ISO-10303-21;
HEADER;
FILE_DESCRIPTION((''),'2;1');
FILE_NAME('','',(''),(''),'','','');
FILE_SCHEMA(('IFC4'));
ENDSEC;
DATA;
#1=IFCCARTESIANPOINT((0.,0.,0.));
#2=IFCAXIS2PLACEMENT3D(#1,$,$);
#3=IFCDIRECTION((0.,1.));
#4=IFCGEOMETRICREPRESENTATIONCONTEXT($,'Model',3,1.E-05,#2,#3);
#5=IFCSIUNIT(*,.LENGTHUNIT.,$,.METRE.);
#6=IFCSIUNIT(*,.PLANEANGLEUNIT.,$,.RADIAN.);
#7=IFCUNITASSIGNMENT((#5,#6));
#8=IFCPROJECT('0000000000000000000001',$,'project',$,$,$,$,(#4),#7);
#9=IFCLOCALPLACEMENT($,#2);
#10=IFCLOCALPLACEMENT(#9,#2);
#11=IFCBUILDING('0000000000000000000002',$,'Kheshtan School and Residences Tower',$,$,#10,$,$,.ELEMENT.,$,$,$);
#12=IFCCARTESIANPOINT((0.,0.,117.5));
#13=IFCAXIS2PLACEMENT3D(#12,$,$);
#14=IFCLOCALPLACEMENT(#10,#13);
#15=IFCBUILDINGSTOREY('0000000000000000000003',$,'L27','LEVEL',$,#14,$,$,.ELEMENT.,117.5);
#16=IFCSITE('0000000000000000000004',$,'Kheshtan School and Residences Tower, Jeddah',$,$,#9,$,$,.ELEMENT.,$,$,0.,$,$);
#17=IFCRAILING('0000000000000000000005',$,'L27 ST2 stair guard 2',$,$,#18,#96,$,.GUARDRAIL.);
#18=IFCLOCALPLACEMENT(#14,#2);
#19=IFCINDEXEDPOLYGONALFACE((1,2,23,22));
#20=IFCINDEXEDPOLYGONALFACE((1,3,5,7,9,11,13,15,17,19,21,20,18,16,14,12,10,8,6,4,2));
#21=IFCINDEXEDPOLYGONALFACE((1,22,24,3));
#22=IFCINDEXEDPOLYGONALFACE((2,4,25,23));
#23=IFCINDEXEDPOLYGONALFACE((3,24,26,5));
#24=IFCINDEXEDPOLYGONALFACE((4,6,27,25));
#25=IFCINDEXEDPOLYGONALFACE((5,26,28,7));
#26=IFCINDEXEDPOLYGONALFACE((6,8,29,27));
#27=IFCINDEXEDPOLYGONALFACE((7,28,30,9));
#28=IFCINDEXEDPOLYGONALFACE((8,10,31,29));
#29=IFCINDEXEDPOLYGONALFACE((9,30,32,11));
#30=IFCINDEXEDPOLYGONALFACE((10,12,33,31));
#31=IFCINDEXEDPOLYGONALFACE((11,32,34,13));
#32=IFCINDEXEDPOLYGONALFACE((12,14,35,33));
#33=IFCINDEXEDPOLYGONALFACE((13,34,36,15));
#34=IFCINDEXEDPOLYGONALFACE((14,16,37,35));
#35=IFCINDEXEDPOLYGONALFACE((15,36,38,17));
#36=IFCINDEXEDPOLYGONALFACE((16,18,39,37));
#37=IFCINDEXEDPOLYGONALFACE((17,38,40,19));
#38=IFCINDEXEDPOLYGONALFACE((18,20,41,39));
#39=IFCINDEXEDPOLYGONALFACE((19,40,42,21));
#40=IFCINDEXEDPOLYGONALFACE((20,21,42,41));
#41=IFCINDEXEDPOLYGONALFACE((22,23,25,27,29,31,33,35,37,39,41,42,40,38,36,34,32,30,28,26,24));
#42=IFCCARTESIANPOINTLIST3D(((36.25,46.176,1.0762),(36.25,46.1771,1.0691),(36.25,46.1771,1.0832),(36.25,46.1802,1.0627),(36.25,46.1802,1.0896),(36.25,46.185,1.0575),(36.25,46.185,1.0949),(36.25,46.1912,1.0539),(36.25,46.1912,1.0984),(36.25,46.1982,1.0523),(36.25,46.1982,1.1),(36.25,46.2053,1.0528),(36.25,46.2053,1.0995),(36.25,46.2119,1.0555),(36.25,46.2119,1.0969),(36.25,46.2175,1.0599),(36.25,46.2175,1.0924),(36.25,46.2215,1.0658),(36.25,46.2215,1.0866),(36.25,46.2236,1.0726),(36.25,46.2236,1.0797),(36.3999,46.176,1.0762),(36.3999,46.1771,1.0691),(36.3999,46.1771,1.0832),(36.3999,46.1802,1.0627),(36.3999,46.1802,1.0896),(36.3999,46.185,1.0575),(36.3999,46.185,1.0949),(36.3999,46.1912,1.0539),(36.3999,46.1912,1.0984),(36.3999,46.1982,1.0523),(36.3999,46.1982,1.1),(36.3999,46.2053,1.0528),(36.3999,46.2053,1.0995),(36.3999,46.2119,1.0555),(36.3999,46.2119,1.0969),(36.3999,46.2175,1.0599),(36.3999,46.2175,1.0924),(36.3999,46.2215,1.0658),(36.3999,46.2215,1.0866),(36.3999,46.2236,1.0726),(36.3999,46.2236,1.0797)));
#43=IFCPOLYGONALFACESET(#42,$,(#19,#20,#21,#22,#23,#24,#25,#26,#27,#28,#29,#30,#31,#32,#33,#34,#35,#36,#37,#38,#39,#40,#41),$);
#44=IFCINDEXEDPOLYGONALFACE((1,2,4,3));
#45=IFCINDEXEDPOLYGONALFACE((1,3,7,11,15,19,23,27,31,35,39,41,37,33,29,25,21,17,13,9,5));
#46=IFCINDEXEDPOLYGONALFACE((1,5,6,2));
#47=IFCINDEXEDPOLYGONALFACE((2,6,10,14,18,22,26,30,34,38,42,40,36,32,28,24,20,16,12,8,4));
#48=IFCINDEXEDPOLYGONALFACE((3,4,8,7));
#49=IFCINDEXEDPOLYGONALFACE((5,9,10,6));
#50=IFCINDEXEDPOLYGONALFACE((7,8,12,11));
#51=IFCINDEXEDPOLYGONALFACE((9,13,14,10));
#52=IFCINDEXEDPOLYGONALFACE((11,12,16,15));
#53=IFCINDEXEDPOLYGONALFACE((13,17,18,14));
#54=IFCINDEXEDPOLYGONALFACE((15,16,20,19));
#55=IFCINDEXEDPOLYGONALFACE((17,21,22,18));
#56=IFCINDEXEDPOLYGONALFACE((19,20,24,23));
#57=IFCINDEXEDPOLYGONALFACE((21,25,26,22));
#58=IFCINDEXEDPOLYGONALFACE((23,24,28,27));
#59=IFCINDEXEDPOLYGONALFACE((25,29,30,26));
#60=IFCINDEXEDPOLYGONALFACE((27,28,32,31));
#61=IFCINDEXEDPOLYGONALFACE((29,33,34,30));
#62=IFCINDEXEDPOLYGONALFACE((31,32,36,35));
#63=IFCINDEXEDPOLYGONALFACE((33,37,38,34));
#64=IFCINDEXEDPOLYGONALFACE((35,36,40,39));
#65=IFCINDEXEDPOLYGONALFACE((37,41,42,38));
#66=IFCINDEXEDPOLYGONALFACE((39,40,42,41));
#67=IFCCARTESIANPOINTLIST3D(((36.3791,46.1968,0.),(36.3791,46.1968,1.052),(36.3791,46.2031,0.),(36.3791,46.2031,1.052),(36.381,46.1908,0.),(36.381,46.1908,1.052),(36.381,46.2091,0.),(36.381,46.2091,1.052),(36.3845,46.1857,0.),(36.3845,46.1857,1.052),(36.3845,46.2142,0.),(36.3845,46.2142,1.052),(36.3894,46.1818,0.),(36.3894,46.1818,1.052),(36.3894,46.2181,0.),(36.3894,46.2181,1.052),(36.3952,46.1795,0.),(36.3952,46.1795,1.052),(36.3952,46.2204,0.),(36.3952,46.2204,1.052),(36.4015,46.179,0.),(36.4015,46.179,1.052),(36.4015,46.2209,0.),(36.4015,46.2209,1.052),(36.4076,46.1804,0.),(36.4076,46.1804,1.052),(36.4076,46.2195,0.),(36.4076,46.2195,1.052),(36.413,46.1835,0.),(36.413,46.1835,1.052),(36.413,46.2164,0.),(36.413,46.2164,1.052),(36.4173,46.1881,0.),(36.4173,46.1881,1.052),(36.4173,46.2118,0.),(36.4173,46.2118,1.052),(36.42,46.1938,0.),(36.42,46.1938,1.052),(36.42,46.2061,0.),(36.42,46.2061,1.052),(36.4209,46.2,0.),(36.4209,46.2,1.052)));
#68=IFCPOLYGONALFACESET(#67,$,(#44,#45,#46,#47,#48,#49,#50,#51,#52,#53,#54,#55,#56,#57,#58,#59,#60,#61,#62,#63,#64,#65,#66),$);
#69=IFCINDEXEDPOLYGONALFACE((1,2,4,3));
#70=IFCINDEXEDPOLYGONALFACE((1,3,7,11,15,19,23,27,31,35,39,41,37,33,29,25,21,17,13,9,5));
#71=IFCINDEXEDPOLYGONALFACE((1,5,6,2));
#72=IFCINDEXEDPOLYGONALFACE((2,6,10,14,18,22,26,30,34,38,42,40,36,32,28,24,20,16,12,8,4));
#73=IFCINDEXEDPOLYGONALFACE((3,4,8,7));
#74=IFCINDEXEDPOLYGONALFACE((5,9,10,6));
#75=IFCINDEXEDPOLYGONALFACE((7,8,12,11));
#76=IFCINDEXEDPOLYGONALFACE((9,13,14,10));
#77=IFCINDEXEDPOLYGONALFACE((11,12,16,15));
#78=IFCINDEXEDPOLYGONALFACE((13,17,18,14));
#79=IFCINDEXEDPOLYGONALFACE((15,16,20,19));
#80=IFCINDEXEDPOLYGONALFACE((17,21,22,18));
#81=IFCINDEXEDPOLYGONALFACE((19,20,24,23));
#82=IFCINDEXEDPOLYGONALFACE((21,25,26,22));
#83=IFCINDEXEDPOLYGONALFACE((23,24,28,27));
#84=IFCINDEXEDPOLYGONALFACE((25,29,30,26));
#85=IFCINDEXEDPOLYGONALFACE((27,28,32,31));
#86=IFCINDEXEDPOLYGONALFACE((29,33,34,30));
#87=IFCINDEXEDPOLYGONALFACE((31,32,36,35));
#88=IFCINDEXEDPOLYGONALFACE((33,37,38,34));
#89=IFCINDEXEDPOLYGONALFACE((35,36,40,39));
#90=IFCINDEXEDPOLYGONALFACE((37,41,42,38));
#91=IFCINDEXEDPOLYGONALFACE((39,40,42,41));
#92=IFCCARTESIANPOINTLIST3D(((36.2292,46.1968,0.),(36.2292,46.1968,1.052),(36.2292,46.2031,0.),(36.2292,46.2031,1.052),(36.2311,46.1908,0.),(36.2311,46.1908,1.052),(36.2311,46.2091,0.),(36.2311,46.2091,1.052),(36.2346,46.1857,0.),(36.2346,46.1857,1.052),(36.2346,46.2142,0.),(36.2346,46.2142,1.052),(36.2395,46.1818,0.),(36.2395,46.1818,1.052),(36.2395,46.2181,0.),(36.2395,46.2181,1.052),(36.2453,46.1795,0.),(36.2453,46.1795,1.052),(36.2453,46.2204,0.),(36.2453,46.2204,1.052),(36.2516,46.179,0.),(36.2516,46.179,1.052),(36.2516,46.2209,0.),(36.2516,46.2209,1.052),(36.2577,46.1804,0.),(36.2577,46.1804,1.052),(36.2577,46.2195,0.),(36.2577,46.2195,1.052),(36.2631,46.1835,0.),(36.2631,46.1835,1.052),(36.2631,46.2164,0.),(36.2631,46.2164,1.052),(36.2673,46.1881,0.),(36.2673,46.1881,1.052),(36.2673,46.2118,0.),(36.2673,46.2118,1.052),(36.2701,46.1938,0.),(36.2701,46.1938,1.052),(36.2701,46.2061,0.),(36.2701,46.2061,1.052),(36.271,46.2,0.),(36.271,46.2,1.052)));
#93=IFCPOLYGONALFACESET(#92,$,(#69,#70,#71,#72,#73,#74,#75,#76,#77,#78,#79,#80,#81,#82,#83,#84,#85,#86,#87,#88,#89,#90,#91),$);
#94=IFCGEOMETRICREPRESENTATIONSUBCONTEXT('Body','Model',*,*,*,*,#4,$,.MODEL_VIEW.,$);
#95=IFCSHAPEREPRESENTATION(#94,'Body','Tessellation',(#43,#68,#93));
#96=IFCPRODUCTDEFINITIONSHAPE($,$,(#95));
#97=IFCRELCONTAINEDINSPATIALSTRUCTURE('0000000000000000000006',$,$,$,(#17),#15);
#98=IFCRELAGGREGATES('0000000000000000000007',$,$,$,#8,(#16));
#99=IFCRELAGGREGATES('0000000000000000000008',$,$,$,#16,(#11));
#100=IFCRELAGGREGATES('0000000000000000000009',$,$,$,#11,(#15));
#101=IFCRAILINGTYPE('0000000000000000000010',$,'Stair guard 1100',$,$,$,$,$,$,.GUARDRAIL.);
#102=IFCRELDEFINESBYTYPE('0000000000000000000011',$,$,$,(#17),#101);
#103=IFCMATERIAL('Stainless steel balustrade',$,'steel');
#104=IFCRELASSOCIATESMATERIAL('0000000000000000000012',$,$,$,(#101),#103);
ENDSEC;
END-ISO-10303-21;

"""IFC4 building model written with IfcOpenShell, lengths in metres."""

from ifc_helpers import new_model, si_unit, direction, frame, origin, origin_2d, place, context, subcontext, project, spatial, circle, extrude, material, type_object, element, save


model = new_model("IFC4")

# Units and contexts
model_context = context("Model", 3, precision=1e-05, world=origin(), true_north=direction((0.0, 1.0)))
body_context = subcontext(model_context, "Body", "Model", "MODEL_VIEW")
ifc_project = project(units=[si_unit("LENGTHUNIT", "METRE"), si_unit("PLANEANGLEUNIT", "RADIAN")], contexts=[model_context])

# Site, building, storey
site_placement = place(None, origin())
site = spatial("IfcSite", under=ifc_project, at=site_placement, Name="Kheshtan School and Residences Tower, Jeddah", CompositionType="ELEMENT", RefElevation=0.0)
building_placement = place(site_placement, origin())
building = spatial("IfcBuilding", under=site, at=building_placement, Name="Kheshtan School and Residences Tower", CompositionType="ELEMENT")
storey_placement = place(building_placement, frame((0.0, 0.0, 117.5)))
storey = spatial("IfcBuildingStorey", under=building, at=storey_placement, Name="L27", Description="LEVEL", CompositionType="ELEMENT", Elevation=117.5)

# Railing
ifc_material_1 = material(Name="Stainless steel balustrade", Category="steel")
railing_type_1 = type_object("IfcRailingType", Name="Stair guard 1100", PredefinedType="GUARDRAIL", material=ifc_material_1)
railing_1_placement = place(storey_placement, frame((36.3999, 46.2, 0.0)))
element("IfcRailing", 1, at=railing_1_placement, inside=storey, type_object=railing_type_1, Name="L27 ST2 stair guard 2", PredefinedType="GUARDRAIL", context=body_context, shape_type="SweptSolid", body=[
    extrude(circle(Radius=0.0239, at=origin_2d()), frame((0.0, 0.0, 1.0762), z_axis=(-1.0, 0.0, 0.0), x_axis=(0.0, -1.0, 0.0)), (0.0, 0.0, 1.0), 0.1499),
    extrude(circle(Radius=0.021, at=origin_2d()), origin(), (0.0, 0.0, 1.0), 1.052),
    extrude(circle(Radius=0.021, at=origin_2d()), frame((-0.1499, 0.0, 0.0)), (0.0, 0.0, 1.0), 1.052),
])

save(model, "model.ifc")
